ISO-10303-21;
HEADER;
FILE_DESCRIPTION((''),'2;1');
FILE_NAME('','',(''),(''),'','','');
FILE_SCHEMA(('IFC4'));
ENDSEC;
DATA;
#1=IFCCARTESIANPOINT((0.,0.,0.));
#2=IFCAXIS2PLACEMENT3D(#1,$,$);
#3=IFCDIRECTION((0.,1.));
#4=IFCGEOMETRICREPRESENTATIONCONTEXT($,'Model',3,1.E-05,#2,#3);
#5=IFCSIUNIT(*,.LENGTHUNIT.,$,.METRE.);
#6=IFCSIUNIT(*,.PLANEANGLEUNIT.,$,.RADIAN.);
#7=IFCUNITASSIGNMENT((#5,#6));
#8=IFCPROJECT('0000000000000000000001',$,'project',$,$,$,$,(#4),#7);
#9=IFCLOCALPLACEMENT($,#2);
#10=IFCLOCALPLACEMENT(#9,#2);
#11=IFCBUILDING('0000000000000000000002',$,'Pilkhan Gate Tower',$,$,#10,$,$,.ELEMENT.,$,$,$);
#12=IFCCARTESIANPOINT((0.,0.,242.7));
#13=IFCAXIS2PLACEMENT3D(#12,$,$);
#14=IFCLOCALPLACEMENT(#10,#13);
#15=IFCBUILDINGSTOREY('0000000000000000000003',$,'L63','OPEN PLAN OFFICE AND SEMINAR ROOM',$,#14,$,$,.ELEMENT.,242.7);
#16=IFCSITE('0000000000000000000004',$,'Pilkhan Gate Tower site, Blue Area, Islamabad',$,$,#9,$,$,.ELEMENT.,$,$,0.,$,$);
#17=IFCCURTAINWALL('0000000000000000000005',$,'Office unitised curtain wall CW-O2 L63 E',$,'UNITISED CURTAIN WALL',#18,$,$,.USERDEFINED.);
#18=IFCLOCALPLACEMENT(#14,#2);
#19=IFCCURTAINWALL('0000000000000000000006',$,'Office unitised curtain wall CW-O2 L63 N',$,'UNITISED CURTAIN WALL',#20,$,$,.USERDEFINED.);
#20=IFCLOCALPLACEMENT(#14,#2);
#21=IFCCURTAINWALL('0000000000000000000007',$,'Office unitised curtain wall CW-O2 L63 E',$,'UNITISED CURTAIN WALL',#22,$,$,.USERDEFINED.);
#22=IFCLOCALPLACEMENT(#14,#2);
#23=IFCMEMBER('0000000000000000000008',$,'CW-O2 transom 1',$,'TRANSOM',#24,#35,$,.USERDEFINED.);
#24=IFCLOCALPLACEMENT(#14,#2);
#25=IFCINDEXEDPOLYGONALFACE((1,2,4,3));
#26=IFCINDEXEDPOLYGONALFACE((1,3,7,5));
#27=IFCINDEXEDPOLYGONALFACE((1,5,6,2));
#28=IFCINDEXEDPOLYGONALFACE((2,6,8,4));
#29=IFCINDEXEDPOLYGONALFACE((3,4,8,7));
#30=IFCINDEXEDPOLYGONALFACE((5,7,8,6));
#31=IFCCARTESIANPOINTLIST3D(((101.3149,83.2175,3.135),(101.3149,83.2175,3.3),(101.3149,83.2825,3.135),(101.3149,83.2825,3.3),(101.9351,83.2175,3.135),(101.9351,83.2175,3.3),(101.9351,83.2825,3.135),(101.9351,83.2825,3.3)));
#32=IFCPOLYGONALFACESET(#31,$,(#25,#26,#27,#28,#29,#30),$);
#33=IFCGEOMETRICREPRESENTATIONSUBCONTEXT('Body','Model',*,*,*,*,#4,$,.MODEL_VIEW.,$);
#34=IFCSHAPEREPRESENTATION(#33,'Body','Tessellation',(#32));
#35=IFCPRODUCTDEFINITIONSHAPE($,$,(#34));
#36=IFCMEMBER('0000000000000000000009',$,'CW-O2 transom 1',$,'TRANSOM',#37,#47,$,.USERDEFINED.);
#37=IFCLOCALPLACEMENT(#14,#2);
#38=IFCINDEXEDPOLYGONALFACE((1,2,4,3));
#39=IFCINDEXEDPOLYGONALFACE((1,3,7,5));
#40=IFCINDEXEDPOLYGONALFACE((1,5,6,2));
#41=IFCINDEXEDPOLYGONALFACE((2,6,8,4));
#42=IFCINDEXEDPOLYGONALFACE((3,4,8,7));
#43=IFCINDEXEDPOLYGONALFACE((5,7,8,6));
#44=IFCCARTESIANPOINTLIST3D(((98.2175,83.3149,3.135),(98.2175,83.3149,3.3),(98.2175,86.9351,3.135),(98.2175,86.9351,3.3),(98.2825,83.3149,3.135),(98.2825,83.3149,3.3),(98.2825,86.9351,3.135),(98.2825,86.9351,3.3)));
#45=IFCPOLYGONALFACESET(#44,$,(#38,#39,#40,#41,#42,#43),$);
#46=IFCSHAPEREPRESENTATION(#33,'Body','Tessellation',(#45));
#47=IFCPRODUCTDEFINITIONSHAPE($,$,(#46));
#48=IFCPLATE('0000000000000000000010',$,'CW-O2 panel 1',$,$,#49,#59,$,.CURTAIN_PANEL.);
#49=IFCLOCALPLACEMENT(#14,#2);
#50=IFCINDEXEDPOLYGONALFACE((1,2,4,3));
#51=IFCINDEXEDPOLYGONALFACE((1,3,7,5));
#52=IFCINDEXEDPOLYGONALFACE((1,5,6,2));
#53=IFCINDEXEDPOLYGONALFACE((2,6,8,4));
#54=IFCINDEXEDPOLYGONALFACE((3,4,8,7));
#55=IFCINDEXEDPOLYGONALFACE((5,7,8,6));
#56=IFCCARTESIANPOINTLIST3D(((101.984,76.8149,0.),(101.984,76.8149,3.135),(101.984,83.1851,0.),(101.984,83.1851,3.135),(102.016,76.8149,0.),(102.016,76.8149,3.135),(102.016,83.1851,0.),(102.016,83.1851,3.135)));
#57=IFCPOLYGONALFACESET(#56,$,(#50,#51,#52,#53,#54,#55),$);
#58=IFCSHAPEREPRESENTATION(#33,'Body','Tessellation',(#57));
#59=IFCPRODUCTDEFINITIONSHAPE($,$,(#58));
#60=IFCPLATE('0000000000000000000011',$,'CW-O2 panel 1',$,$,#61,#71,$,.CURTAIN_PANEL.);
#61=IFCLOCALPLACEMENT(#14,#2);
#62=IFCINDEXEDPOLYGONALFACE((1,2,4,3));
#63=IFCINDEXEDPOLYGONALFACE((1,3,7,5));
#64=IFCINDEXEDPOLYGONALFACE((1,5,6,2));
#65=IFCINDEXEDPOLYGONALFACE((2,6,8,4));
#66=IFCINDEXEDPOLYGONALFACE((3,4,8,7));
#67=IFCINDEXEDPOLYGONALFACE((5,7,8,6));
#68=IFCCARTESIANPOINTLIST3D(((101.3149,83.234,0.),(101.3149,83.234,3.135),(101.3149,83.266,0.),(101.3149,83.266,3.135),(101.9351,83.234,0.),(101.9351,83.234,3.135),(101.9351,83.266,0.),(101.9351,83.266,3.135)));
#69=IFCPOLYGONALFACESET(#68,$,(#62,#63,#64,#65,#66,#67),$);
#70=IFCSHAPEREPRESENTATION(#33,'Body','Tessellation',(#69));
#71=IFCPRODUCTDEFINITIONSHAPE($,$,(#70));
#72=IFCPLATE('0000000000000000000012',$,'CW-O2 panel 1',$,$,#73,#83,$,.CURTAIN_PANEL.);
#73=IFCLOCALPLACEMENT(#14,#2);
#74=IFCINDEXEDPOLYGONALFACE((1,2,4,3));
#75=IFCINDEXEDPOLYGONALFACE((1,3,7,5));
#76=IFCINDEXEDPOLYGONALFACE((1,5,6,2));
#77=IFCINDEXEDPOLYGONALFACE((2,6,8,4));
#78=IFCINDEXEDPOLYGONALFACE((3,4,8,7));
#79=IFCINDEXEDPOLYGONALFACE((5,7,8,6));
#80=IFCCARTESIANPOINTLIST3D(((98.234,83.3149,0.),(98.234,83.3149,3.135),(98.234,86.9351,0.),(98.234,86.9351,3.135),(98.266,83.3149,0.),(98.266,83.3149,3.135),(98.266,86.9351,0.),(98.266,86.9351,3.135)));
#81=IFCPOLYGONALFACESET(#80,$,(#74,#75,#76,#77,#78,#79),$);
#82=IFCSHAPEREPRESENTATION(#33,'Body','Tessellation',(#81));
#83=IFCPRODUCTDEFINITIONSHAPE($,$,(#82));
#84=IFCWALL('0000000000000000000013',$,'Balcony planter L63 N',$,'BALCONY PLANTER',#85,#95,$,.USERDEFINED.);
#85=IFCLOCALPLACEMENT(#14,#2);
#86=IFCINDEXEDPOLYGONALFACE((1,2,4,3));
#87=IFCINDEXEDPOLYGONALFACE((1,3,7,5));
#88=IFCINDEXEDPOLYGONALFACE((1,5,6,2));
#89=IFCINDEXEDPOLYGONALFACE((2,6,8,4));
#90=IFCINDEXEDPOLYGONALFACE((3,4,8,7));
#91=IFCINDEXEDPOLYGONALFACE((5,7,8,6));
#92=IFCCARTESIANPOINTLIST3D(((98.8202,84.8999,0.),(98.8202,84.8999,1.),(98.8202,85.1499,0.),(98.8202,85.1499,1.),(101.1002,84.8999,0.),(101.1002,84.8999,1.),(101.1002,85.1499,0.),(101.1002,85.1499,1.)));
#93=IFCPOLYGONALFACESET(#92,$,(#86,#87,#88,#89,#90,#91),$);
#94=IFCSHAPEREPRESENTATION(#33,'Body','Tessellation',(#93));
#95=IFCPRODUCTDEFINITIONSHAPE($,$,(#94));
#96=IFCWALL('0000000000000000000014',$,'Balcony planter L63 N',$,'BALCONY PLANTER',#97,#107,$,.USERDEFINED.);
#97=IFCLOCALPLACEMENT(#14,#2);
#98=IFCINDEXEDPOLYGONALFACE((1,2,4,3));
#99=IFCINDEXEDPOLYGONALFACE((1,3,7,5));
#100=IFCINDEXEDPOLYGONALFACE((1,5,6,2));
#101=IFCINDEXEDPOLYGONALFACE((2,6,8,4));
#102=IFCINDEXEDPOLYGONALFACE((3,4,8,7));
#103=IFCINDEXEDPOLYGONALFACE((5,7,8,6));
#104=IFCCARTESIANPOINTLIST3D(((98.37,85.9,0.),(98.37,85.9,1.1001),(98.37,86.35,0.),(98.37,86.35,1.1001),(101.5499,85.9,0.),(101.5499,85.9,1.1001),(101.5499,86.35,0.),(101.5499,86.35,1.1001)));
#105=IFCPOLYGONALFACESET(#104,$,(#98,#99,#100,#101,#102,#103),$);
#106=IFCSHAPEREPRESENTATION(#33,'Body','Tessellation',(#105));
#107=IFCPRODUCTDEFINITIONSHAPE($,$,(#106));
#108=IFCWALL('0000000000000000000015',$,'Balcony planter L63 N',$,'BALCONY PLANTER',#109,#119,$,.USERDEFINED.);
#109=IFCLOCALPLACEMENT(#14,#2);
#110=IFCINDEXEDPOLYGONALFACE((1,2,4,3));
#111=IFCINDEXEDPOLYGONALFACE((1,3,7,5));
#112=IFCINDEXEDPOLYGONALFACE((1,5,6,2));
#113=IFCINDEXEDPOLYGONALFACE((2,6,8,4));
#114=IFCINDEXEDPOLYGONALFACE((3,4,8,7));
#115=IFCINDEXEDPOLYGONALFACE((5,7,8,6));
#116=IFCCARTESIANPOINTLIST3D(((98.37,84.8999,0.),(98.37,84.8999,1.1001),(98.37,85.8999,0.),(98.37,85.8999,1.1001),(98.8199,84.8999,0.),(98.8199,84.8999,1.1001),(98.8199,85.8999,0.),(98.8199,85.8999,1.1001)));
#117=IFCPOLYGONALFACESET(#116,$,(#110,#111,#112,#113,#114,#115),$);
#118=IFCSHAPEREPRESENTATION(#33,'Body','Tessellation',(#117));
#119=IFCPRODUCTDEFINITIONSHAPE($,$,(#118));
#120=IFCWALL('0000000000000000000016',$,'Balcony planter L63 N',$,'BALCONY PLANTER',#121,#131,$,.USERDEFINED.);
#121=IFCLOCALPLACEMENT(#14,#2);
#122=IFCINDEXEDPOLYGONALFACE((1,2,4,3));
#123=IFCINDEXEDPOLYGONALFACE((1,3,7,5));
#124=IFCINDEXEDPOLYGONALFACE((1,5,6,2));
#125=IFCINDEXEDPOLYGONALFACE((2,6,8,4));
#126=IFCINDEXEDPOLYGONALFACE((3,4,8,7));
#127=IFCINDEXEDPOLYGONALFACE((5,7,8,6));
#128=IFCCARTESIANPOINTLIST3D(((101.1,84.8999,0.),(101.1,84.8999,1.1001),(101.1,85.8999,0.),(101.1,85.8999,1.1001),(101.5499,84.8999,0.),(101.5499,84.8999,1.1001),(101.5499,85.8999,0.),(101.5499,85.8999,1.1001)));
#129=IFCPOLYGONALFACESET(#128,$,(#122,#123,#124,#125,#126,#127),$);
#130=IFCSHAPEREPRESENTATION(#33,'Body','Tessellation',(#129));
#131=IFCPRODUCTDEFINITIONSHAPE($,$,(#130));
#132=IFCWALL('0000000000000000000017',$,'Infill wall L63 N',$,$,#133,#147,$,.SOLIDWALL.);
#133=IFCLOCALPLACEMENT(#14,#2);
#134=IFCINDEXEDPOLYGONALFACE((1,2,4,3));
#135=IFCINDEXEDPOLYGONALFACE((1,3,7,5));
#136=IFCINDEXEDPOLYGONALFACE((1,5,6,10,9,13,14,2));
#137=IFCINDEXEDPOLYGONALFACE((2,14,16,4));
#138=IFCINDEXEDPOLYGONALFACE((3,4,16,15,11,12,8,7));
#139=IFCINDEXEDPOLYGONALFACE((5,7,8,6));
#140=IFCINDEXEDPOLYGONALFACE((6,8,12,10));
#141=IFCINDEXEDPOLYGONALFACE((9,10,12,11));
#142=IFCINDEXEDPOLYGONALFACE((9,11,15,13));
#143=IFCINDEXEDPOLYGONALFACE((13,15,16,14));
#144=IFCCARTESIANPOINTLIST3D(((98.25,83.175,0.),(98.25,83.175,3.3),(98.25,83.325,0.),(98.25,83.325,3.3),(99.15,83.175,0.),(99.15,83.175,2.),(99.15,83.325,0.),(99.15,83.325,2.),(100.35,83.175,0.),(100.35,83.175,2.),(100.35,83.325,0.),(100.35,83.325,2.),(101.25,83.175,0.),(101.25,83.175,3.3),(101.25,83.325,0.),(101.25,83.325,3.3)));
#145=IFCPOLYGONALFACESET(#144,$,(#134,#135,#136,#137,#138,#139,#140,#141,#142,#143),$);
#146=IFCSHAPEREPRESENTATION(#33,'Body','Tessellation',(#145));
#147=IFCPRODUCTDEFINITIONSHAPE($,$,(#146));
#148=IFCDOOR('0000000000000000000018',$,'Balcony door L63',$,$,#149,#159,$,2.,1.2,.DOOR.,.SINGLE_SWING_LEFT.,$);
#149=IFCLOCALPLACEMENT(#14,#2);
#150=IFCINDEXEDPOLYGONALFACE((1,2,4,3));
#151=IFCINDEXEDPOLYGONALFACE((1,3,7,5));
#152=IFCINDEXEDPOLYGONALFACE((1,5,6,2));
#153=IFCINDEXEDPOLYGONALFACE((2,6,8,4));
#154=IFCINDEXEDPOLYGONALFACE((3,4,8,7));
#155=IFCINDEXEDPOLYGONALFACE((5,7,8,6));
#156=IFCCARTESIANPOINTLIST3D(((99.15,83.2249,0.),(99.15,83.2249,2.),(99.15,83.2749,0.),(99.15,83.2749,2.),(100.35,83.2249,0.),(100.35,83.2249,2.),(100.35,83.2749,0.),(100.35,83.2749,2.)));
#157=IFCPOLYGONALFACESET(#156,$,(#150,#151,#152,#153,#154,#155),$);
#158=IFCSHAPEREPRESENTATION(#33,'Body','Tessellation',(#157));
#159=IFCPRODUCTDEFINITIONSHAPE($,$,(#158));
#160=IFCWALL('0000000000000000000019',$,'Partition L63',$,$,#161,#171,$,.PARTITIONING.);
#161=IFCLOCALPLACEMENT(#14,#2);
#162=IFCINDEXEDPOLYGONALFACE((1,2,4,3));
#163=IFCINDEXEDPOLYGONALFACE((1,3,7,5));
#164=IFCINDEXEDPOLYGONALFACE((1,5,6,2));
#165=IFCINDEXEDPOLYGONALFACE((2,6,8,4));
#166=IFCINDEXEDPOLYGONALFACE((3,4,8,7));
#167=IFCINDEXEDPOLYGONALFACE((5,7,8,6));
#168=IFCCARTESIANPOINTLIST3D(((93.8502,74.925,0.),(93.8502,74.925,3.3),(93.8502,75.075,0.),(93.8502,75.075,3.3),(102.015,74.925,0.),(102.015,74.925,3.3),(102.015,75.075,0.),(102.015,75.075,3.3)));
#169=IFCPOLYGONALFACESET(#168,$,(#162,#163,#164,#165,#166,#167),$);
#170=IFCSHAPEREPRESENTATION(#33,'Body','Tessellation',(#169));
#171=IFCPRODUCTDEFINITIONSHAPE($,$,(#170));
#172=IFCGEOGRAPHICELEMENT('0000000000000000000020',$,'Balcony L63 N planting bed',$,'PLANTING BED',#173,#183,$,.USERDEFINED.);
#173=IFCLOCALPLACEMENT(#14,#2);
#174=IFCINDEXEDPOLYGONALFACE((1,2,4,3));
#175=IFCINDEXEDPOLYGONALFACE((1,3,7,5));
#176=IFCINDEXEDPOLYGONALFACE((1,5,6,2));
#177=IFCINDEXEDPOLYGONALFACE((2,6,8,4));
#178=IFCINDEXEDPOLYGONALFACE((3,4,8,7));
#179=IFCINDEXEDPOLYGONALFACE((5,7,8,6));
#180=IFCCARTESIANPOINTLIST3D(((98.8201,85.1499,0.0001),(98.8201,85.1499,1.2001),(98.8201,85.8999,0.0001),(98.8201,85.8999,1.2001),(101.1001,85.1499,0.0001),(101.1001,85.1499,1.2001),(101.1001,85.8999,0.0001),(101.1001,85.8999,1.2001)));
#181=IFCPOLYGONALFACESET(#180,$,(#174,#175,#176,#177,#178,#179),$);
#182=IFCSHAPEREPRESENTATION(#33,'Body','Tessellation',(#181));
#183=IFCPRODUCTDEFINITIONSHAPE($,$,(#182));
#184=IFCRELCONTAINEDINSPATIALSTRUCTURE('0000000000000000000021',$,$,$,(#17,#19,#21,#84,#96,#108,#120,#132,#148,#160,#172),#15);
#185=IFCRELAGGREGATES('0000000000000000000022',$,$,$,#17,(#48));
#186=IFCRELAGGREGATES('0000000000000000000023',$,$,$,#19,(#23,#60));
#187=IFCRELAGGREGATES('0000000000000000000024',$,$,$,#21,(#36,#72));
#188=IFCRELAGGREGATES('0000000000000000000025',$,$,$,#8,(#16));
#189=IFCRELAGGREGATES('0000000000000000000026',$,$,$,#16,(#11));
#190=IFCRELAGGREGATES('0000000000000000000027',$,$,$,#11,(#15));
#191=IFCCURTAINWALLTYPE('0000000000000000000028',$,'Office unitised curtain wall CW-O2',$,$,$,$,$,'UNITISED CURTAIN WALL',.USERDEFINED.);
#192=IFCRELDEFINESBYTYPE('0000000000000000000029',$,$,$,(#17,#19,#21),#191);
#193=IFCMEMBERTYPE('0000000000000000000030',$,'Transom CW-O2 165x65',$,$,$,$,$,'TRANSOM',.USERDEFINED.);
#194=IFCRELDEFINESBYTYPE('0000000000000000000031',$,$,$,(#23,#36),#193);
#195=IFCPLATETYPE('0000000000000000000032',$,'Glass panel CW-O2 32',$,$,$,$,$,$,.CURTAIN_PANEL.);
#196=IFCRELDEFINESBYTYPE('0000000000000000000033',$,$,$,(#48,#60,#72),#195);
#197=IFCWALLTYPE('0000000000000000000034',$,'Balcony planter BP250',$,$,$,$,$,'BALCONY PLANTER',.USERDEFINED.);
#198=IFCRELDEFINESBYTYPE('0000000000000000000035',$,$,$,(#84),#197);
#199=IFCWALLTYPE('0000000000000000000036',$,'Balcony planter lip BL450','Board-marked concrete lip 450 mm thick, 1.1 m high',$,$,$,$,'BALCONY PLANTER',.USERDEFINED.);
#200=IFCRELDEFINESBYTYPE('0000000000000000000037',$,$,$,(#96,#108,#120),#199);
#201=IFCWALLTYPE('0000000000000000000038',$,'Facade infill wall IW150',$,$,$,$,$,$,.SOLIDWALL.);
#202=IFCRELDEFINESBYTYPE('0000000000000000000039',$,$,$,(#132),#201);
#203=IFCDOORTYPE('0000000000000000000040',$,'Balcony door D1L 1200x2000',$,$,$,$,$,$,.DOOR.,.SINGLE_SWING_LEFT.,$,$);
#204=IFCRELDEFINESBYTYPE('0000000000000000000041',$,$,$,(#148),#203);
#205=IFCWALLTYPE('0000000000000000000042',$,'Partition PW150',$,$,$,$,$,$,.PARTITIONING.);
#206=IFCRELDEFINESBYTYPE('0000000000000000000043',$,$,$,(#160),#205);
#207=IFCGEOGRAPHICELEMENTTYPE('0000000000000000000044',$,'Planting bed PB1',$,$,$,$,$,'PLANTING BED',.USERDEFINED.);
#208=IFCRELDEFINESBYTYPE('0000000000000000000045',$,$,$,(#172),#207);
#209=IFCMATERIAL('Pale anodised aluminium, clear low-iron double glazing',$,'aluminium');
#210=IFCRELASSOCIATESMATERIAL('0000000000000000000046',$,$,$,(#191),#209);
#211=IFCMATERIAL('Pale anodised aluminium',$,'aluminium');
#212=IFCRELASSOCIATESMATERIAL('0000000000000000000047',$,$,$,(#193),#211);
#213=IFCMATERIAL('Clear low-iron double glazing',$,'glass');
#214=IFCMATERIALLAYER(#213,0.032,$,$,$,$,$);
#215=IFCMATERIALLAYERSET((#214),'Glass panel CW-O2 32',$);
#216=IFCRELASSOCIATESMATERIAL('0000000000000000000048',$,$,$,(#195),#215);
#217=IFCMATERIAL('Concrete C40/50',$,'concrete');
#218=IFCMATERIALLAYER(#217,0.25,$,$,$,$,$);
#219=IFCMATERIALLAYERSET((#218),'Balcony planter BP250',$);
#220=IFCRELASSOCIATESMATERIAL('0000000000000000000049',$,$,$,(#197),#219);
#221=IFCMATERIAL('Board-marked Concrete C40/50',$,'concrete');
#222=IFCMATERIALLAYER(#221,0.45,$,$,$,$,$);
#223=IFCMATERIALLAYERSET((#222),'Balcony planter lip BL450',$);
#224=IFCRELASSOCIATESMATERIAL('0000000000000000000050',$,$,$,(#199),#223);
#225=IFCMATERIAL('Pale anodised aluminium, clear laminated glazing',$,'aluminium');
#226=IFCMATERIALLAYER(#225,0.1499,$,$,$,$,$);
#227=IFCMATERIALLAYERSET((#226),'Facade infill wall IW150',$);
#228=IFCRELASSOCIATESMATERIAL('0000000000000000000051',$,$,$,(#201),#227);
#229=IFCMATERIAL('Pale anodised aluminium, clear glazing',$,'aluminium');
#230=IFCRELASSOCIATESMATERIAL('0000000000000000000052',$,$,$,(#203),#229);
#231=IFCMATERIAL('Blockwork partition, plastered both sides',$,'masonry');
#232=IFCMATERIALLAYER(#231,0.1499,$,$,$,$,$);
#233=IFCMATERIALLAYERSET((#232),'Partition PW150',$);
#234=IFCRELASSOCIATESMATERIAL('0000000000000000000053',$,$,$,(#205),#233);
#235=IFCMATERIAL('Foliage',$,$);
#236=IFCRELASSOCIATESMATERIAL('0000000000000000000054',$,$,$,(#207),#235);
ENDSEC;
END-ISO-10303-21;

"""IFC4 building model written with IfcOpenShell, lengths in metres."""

from ifc_helpers import new_model, si_unit, direction, frame, frame_2d, origin, origin_2d, place, context, subcontext, project, spatial, rectangle, extrude, material, layer, layer_set, material_profile, profile_set, type_object, element, fill, aggregate, save


model = new_model("IFC4")

# Units and contexts
model_context = context("Model", 3, precision=1e-05, world=origin(), true_north=direction((0.0, 1.0)))
body_context = subcontext(model_context, "Body", "Model", "MODEL_VIEW")
ifc_project = project(units=[si_unit("LENGTHUNIT", "METRE"), si_unit("PLANEANGLEUNIT", "RADIAN")], contexts=[model_context])

# Site, building, storey
site_placement = place(None, origin())
site = spatial("IfcSite", under=ifc_project, at=site_placement, Name="Pilkhan Gate Tower site, Blue Area, Islamabad", CompositionType="ELEMENT", RefElevation=0.0)
building_placement = place(site_placement, origin())
building = spatial("IfcBuilding", under=site, at=building_placement, Name="Pilkhan Gate Tower", CompositionType="ELEMENT")
storey_placement = place(building_placement, frame((0.0, 0.0, 242.7)))
storey = spatial("IfcBuildingStorey", under=building, at=storey_placement, Name="L63", Description="OPEN PLAN OFFICE AND SEMINAR ROOM", CompositionType="ELEMENT", Elevation=242.7)

# Shared definitions
ifc_material_1 = material(Name="Pale anodised aluminium, clear low-iron double glazing", Category="aluminium")
curtain_wall_type = type_object("IfcCurtainWallType", Name="Office unitised curtain wall CW-O2", ElementType="UNITISED CURTAIN WALL", PredefinedType="USERDEFINED", material=ifc_material_1)
ifc_material_2 = material(Name="Pale anodised aluminium", Category="aluminium")

# Curtain walls
curtain_wall_1_placement = place(storey_placement, origin())
curtain_wall_1 = element("IfcCurtainWall", 1, at=curtain_wall_1_placement, inside=storey, type_object=curtain_wall_type, Name="Office unitised curtain wall CW-O2 L63 E", ObjectType="UNITISED CURTAIN WALL", PredefinedType="USERDEFINED")
curtain_wall_2_placement = place(storey_placement, origin())
curtain_wall_2 = element("IfcCurtainWall", 2, at=curtain_wall_2_placement, inside=storey, type_object=curtain_wall_type, Name="Office unitised curtain wall CW-O2 L63 N", ObjectType="UNITISED CURTAIN WALL", PredefinedType="USERDEFINED")

# Curtain wall
curtain_wall_3_placement = place(storey_placement, origin())
curtain_wall_3 = element("IfcCurtainWall", 3, at=curtain_wall_3_placement, inside=storey, type_object=curtain_wall_type, Name="Office unitised curtain wall CW-O2 L63 E", ObjectType="UNITISED CURTAIN WALL", PredefinedType="USERDEFINED")

# Members
ifc_material_profile_1 = material_profile(ifc_material_2, rectangle(XDim=0.0649, YDim=0.165, at=origin_2d()), Name="Transom 165x65")
ifc_profile_set_1 = profile_set([ifc_material_profile_1], Name="Pale anodised aluminium")
member_type_1 = type_object("IfcMemberType", Name="Transom CW-O2 165x65", ElementType="TRANSOM", PredefinedType="USERDEFINED", material=ifc_profile_set_1)
member_1_placement = place(storey_placement, frame((101.3149, 83.25, 3.2175), z_axis=(1.0, 0.0, 0.0), x_axis=(0.0, 1.0, 0.0)))
member_1 = element("IfcMember", 4, at=member_1_placement, type_object=member_type_1, Name="CW-O2 transom 1", ObjectType="TRANSOM", PredefinedType="USERDEFINED", context=body_context, shape_type="SweptSolid", body=[
    extrude(rectangle(XDim=0.0649, YDim=0.165, at=origin_2d()), origin(), (0.0, 0.0, 1.0), 0.6201),
])
member_2_placement = place(storey_placement, frame((98.25, 83.3149, 3.2175), z_axis=(0.0, 1.0, 0.0), x_axis=(-1.0, 0.0, 0.0)))
member_2 = element("IfcMember", 5, at=member_2_placement, type_object=member_type_1, Name="CW-O2 transom 1", ObjectType="TRANSOM", PredefinedType="USERDEFINED", context=body_context, shape_type="SweptSolid", body=[
    extrude(rectangle(XDim=0.0649, YDim=0.165, at=origin_2d()), origin(), (0.0, 0.0, 1.0), 3.6201),
])

# Plates
ifc_material_3 = material(Name="Clear low-iron double glazing", Category="glass")
ifc_layer_1 = layer(ifc_material_3, 0.032)
ifc_layer_set_1 = layer_set([ifc_layer_1], Name="Glass panel CW-O2 32")
plate_type = type_object("IfcPlateType", Name="Glass panel CW-O2 32", PredefinedType="CURTAIN_PANEL", material=ifc_layer_set_1)
plate_1_placement = place(storey_placement, frame((102.0, 80.0, 0.0), z_axis=(0.0, 0.0, 1.0), x_axis=(0.0, 1.0, 0.0)))
plate_1 = element("IfcPlate", 6, at=plate_1_placement, type_object=plate_type, Name="CW-O2 panel 1", PredefinedType="CURTAIN_PANEL", context=body_context, shape_type="SweptSolid", body=[
    extrude(rectangle(XDim=6.3701, YDim=0.032, at=origin_2d()), origin(), (0.0, 0.0, 1.0), 3.135),
])
aggregate(curtain_wall_1, [plate_1])
plate_2_placement = place(storey_placement, frame((101.625, 83.25, 0.0), z_axis=(0.0, 0.0, 1.0), x_axis=(1.0, 0.0, 0.0)))
plate_2 = element("IfcPlate", 7, at=plate_2_placement, type_object=plate_type, Name="CW-O2 panel 1", PredefinedType="CURTAIN_PANEL", context=body_context, shape_type="SweptSolid", body=[
    extrude(rectangle(XDim=0.6201, YDim=0.032, at=origin_2d()), origin(), (0.0, 0.0, 1.0), 3.135),
])
aggregate(curtain_wall_2, [member_1, plate_2])
plate_3_placement = place(storey_placement, frame((98.25, 85.125, 0.0), z_axis=(0.0, 0.0, 1.0), x_axis=(0.0, 1.0, 0.0)))
plate_3 = element("IfcPlate", 8, at=plate_3_placement, type_object=plate_type, Name="CW-O2 panel 1", PredefinedType="CURTAIN_PANEL", context=body_context, shape_type="SweptSolid", body=[
    extrude(rectangle(XDim=3.6201, YDim=0.032, at=origin_2d()), origin(), (0.0, 0.0, 1.0), 3.135),
])
aggregate(curtain_wall_3, [member_2, plate_3])

# Walls
ifc_material_4 = material(Name="Concrete C40/50", Category="concrete")
ifc_layer_2 = layer(ifc_material_4, 0.25)
ifc_layer_set_2 = layer_set([ifc_layer_2], Name="Balcony planter BP250")
wall_type_1 = type_object("IfcWallType", Name="Balcony planter BP250", ElementType="BALCONY PLANTER", PredefinedType="USERDEFINED", material=ifc_layer_set_2)
wall_1_placement = place(storey_placement, frame((98.8201, 85.0249, 0.0), z_axis=(0.0, 0.0, 1.0), x_axis=(1.0, 0.0, 0.0)))
element("IfcWall", 9, at=wall_1_placement, inside=storey, type_object=wall_type_1, Name="Balcony planter L63 N", ObjectType="BALCONY PLANTER", PredefinedType="USERDEFINED", context=body_context, shape_type="SweptSolid", body=[
    extrude(rectangle(XDim=2.28, YDim=0.25, at=frame_2d((1.1401, 0.0))), origin(), (0.0, 0.0, 1.0), 1.0),
])
ifc_material_5 = material(Name="Board-marked Concrete C40/50", Category="concrete")
ifc_layer_3 = layer(ifc_material_5, 0.45)
ifc_layer_set_3 = layer_set([ifc_layer_3], Name="Balcony planter lip BL450")
wall_type_2 = type_object("IfcWallType", Name="Balcony planter lip BL450", Description="Board-marked concrete lip 450 mm thick, 1.1 m high", ElementType="BALCONY PLANTER", PredefinedType="USERDEFINED", material=ifc_layer_set_3)
wall_2_placement = place(storey_placement, frame((98.3701, 86.125, 0.0), z_axis=(0.0, 0.0, 1.0), x_axis=(1.0, 0.0, 0.0)))
element("IfcWall", 10, at=wall_2_placement, inside=storey, type_object=wall_type_2, Name="Balcony planter L63 N", ObjectType="BALCONY PLANTER", PredefinedType="USERDEFINED", context=body_context, shape_type="SweptSolid", body=[
    extrude(rectangle(XDim=3.1799, YDim=0.45, at=frame_2d((1.5898, 0.0))), origin(), (0.0, 0.0, 1.0), 1.1001),
])
for number, where, z_axis, x_axis, name in (
    (11, (98.595, 84.8999, 0.0), (0.0, 0.0, 1.0), (0.0, 1.0, 0.0), "Balcony planter L63 N"),
    (12, (101.325, 84.8999, 0.0), (0.0, 0.0, 1.0), (0.0, 1.0, 0.0), "Balcony planter L63 N"),
):
    element("IfcWall", number, at=place(storey_placement, frame(where, z_axis=z_axis, x_axis=x_axis)), inside=storey, type_object=wall_type_2, Name=name, ObjectType="BALCONY PLANTER", PredefinedType="USERDEFINED", context=body_context, shape_type="SweptSolid", body=[
        extrude(rectangle(XDim=1.0, YDim=0.45, at=frame_2d((0.5, 0.0))), origin(), (0.0, 0.0, 1.0), 1.1001),
    ])

# Wall, opening, door
ifc_material_6 = material(Name="Pale anodised aluminium, clear laminated glazing", Category="aluminium")
ifc_layer_4 = layer(ifc_material_6, 0.1499)
ifc_layer_set_4 = layer_set([ifc_layer_4], Name="Facade infill wall IW150")
wall_type_3 = type_object("IfcWallType", Name="Facade infill wall IW150", PredefinedType="SOLIDWALL", material=ifc_layer_set_4)
wall_3_placement = place(storey_placement, frame((98.25, 83.25, 0.0), z_axis=(0.0, 0.0, 1.0), x_axis=(1.0, 0.0, 0.0)))
wall_3 = element("IfcWall", 13, at=wall_3_placement, inside=storey, type_object=wall_type_3, Name="Infill wall L63 N", PredefinedType="SOLIDWALL", context=body_context, shape_type="SweptSolid", body=[
    extrude(rectangle(XDim=3.0, YDim=0.1499, at=frame_2d((1.5, 0.0))), origin(), (0.0, 0.0, 1.0), 3.3),
])
opening_placement = place(wall_3_placement, frame((0.8999, 0.0, 0.0)))
opening = element("IfcOpeningElement", 14, at=opening_placement, cuts=wall_3, PredefinedType="OPENING", context=body_context, shape_type="SweptSolid", body=[
    extrude(rectangle(XDim=1.2, YDim=2.0, at=frame_2d((0.6001, 1.0))), frame((0.0, 0.085, 0.0), z_axis=(0.0, -1.0, 0.0), x_axis=(1.0, 0.0, 0.0)), (0.0, 0.0, 1.0), 0.1699),
])
ifc_material_7 = material(Name="Pale anodised aluminium, clear glazing", Category="aluminium")
door_type = type_object("IfcDoorType", Name="Balcony door D1L 1200x2000", OperationType="SINGLE_SWING_LEFT", PredefinedType="DOOR", material=ifc_material_7)
door_placement = place(opening_placement, origin())
door = element("IfcDoor", 15, at=door_placement, inside=storey, type_object=door_type, Name="Balcony door L63", OperationType="SINGLE_SWING_LEFT", OverallHeight=2.0, OverallWidth=1.2, PredefinedType="DOOR", context=body_context, shape_type="SweptSolid", body=[
    extrude(rectangle(XDim=1.2, YDim=2.0, at=frame_2d((0.6001, 1.0))), frame((0.0, 0.0249, 0.0), z_axis=(0.0, -1.0, 0.0), x_axis=(1.0, 0.0, 0.0)), (0.0, 0.0, 1.0), 0.05),
])
fill(opening, door)

# Wall
ifc_material_8 = material(Name="Blockwork partition, plastered both sides", Category="masonry")
ifc_layer_5 = layer(ifc_material_8, 0.1499)
ifc_layer_set_5 = layer_set([ifc_layer_5], Name="Partition PW150")
wall_type_4 = type_object("IfcWallType", Name="Partition PW150", PredefinedType="PARTITIONING", material=ifc_layer_set_5)
wall_4_placement = place(storey_placement, frame((93.8501, 75.0, 0.0), z_axis=(0.0, 0.0, 1.0), x_axis=(1.0, 0.0, 0.0)))
element("IfcWall", 16, at=wall_4_placement, inside=storey, type_object=wall_type_4, Name="Partition L63", PredefinedType="PARTITIONING", context=body_context, shape_type="SweptSolid", body=[
    extrude(rectangle(XDim=8.1648, YDim=0.1499, at=frame_2d((4.0825, 0.0))), origin(), (0.0, 0.0, 1.0), 3.3),
])

# Geographic element
ifc_material_9 = material(Name="Foliage")
ifc_material_profile_2 = material_profile(ifc_material_9, rectangle(XDim=0.75, YDim=1.2, at=origin_2d()), Name="Bed 750x1200")
ifc_profile_set_2 = profile_set([ifc_material_profile_2], Name="Foliage")
geographic_element_type_1 = type_object("IfcGeographicElementType", Name="Planting bed PB1", ElementType="PLANTING BED", PredefinedType="USERDEFINED", material=ifc_profile_set_2)
geographic_element_1_placement = place(storey_placement, frame((98.8201, 85.5249, 0.6001), z_axis=(1.0, 0.0, 0.0), x_axis=(0.0, 1.0, 0.0)))
element("IfcGeographicElement", 17, at=geographic_element_1_placement, inside=storey, type_object=geographic_element_type_1, Name="Balcony L63 N planting bed", ObjectType="PLANTING BED", PredefinedType="USERDEFINED", context=body_context, shape_type="SweptSolid", body=[
    extrude(rectangle(XDim=0.75, YDim=1.2, at=origin_2d()), origin(), (0.0, 0.0, 1.0), 2.28),
])

save(model, "model.ifc")
